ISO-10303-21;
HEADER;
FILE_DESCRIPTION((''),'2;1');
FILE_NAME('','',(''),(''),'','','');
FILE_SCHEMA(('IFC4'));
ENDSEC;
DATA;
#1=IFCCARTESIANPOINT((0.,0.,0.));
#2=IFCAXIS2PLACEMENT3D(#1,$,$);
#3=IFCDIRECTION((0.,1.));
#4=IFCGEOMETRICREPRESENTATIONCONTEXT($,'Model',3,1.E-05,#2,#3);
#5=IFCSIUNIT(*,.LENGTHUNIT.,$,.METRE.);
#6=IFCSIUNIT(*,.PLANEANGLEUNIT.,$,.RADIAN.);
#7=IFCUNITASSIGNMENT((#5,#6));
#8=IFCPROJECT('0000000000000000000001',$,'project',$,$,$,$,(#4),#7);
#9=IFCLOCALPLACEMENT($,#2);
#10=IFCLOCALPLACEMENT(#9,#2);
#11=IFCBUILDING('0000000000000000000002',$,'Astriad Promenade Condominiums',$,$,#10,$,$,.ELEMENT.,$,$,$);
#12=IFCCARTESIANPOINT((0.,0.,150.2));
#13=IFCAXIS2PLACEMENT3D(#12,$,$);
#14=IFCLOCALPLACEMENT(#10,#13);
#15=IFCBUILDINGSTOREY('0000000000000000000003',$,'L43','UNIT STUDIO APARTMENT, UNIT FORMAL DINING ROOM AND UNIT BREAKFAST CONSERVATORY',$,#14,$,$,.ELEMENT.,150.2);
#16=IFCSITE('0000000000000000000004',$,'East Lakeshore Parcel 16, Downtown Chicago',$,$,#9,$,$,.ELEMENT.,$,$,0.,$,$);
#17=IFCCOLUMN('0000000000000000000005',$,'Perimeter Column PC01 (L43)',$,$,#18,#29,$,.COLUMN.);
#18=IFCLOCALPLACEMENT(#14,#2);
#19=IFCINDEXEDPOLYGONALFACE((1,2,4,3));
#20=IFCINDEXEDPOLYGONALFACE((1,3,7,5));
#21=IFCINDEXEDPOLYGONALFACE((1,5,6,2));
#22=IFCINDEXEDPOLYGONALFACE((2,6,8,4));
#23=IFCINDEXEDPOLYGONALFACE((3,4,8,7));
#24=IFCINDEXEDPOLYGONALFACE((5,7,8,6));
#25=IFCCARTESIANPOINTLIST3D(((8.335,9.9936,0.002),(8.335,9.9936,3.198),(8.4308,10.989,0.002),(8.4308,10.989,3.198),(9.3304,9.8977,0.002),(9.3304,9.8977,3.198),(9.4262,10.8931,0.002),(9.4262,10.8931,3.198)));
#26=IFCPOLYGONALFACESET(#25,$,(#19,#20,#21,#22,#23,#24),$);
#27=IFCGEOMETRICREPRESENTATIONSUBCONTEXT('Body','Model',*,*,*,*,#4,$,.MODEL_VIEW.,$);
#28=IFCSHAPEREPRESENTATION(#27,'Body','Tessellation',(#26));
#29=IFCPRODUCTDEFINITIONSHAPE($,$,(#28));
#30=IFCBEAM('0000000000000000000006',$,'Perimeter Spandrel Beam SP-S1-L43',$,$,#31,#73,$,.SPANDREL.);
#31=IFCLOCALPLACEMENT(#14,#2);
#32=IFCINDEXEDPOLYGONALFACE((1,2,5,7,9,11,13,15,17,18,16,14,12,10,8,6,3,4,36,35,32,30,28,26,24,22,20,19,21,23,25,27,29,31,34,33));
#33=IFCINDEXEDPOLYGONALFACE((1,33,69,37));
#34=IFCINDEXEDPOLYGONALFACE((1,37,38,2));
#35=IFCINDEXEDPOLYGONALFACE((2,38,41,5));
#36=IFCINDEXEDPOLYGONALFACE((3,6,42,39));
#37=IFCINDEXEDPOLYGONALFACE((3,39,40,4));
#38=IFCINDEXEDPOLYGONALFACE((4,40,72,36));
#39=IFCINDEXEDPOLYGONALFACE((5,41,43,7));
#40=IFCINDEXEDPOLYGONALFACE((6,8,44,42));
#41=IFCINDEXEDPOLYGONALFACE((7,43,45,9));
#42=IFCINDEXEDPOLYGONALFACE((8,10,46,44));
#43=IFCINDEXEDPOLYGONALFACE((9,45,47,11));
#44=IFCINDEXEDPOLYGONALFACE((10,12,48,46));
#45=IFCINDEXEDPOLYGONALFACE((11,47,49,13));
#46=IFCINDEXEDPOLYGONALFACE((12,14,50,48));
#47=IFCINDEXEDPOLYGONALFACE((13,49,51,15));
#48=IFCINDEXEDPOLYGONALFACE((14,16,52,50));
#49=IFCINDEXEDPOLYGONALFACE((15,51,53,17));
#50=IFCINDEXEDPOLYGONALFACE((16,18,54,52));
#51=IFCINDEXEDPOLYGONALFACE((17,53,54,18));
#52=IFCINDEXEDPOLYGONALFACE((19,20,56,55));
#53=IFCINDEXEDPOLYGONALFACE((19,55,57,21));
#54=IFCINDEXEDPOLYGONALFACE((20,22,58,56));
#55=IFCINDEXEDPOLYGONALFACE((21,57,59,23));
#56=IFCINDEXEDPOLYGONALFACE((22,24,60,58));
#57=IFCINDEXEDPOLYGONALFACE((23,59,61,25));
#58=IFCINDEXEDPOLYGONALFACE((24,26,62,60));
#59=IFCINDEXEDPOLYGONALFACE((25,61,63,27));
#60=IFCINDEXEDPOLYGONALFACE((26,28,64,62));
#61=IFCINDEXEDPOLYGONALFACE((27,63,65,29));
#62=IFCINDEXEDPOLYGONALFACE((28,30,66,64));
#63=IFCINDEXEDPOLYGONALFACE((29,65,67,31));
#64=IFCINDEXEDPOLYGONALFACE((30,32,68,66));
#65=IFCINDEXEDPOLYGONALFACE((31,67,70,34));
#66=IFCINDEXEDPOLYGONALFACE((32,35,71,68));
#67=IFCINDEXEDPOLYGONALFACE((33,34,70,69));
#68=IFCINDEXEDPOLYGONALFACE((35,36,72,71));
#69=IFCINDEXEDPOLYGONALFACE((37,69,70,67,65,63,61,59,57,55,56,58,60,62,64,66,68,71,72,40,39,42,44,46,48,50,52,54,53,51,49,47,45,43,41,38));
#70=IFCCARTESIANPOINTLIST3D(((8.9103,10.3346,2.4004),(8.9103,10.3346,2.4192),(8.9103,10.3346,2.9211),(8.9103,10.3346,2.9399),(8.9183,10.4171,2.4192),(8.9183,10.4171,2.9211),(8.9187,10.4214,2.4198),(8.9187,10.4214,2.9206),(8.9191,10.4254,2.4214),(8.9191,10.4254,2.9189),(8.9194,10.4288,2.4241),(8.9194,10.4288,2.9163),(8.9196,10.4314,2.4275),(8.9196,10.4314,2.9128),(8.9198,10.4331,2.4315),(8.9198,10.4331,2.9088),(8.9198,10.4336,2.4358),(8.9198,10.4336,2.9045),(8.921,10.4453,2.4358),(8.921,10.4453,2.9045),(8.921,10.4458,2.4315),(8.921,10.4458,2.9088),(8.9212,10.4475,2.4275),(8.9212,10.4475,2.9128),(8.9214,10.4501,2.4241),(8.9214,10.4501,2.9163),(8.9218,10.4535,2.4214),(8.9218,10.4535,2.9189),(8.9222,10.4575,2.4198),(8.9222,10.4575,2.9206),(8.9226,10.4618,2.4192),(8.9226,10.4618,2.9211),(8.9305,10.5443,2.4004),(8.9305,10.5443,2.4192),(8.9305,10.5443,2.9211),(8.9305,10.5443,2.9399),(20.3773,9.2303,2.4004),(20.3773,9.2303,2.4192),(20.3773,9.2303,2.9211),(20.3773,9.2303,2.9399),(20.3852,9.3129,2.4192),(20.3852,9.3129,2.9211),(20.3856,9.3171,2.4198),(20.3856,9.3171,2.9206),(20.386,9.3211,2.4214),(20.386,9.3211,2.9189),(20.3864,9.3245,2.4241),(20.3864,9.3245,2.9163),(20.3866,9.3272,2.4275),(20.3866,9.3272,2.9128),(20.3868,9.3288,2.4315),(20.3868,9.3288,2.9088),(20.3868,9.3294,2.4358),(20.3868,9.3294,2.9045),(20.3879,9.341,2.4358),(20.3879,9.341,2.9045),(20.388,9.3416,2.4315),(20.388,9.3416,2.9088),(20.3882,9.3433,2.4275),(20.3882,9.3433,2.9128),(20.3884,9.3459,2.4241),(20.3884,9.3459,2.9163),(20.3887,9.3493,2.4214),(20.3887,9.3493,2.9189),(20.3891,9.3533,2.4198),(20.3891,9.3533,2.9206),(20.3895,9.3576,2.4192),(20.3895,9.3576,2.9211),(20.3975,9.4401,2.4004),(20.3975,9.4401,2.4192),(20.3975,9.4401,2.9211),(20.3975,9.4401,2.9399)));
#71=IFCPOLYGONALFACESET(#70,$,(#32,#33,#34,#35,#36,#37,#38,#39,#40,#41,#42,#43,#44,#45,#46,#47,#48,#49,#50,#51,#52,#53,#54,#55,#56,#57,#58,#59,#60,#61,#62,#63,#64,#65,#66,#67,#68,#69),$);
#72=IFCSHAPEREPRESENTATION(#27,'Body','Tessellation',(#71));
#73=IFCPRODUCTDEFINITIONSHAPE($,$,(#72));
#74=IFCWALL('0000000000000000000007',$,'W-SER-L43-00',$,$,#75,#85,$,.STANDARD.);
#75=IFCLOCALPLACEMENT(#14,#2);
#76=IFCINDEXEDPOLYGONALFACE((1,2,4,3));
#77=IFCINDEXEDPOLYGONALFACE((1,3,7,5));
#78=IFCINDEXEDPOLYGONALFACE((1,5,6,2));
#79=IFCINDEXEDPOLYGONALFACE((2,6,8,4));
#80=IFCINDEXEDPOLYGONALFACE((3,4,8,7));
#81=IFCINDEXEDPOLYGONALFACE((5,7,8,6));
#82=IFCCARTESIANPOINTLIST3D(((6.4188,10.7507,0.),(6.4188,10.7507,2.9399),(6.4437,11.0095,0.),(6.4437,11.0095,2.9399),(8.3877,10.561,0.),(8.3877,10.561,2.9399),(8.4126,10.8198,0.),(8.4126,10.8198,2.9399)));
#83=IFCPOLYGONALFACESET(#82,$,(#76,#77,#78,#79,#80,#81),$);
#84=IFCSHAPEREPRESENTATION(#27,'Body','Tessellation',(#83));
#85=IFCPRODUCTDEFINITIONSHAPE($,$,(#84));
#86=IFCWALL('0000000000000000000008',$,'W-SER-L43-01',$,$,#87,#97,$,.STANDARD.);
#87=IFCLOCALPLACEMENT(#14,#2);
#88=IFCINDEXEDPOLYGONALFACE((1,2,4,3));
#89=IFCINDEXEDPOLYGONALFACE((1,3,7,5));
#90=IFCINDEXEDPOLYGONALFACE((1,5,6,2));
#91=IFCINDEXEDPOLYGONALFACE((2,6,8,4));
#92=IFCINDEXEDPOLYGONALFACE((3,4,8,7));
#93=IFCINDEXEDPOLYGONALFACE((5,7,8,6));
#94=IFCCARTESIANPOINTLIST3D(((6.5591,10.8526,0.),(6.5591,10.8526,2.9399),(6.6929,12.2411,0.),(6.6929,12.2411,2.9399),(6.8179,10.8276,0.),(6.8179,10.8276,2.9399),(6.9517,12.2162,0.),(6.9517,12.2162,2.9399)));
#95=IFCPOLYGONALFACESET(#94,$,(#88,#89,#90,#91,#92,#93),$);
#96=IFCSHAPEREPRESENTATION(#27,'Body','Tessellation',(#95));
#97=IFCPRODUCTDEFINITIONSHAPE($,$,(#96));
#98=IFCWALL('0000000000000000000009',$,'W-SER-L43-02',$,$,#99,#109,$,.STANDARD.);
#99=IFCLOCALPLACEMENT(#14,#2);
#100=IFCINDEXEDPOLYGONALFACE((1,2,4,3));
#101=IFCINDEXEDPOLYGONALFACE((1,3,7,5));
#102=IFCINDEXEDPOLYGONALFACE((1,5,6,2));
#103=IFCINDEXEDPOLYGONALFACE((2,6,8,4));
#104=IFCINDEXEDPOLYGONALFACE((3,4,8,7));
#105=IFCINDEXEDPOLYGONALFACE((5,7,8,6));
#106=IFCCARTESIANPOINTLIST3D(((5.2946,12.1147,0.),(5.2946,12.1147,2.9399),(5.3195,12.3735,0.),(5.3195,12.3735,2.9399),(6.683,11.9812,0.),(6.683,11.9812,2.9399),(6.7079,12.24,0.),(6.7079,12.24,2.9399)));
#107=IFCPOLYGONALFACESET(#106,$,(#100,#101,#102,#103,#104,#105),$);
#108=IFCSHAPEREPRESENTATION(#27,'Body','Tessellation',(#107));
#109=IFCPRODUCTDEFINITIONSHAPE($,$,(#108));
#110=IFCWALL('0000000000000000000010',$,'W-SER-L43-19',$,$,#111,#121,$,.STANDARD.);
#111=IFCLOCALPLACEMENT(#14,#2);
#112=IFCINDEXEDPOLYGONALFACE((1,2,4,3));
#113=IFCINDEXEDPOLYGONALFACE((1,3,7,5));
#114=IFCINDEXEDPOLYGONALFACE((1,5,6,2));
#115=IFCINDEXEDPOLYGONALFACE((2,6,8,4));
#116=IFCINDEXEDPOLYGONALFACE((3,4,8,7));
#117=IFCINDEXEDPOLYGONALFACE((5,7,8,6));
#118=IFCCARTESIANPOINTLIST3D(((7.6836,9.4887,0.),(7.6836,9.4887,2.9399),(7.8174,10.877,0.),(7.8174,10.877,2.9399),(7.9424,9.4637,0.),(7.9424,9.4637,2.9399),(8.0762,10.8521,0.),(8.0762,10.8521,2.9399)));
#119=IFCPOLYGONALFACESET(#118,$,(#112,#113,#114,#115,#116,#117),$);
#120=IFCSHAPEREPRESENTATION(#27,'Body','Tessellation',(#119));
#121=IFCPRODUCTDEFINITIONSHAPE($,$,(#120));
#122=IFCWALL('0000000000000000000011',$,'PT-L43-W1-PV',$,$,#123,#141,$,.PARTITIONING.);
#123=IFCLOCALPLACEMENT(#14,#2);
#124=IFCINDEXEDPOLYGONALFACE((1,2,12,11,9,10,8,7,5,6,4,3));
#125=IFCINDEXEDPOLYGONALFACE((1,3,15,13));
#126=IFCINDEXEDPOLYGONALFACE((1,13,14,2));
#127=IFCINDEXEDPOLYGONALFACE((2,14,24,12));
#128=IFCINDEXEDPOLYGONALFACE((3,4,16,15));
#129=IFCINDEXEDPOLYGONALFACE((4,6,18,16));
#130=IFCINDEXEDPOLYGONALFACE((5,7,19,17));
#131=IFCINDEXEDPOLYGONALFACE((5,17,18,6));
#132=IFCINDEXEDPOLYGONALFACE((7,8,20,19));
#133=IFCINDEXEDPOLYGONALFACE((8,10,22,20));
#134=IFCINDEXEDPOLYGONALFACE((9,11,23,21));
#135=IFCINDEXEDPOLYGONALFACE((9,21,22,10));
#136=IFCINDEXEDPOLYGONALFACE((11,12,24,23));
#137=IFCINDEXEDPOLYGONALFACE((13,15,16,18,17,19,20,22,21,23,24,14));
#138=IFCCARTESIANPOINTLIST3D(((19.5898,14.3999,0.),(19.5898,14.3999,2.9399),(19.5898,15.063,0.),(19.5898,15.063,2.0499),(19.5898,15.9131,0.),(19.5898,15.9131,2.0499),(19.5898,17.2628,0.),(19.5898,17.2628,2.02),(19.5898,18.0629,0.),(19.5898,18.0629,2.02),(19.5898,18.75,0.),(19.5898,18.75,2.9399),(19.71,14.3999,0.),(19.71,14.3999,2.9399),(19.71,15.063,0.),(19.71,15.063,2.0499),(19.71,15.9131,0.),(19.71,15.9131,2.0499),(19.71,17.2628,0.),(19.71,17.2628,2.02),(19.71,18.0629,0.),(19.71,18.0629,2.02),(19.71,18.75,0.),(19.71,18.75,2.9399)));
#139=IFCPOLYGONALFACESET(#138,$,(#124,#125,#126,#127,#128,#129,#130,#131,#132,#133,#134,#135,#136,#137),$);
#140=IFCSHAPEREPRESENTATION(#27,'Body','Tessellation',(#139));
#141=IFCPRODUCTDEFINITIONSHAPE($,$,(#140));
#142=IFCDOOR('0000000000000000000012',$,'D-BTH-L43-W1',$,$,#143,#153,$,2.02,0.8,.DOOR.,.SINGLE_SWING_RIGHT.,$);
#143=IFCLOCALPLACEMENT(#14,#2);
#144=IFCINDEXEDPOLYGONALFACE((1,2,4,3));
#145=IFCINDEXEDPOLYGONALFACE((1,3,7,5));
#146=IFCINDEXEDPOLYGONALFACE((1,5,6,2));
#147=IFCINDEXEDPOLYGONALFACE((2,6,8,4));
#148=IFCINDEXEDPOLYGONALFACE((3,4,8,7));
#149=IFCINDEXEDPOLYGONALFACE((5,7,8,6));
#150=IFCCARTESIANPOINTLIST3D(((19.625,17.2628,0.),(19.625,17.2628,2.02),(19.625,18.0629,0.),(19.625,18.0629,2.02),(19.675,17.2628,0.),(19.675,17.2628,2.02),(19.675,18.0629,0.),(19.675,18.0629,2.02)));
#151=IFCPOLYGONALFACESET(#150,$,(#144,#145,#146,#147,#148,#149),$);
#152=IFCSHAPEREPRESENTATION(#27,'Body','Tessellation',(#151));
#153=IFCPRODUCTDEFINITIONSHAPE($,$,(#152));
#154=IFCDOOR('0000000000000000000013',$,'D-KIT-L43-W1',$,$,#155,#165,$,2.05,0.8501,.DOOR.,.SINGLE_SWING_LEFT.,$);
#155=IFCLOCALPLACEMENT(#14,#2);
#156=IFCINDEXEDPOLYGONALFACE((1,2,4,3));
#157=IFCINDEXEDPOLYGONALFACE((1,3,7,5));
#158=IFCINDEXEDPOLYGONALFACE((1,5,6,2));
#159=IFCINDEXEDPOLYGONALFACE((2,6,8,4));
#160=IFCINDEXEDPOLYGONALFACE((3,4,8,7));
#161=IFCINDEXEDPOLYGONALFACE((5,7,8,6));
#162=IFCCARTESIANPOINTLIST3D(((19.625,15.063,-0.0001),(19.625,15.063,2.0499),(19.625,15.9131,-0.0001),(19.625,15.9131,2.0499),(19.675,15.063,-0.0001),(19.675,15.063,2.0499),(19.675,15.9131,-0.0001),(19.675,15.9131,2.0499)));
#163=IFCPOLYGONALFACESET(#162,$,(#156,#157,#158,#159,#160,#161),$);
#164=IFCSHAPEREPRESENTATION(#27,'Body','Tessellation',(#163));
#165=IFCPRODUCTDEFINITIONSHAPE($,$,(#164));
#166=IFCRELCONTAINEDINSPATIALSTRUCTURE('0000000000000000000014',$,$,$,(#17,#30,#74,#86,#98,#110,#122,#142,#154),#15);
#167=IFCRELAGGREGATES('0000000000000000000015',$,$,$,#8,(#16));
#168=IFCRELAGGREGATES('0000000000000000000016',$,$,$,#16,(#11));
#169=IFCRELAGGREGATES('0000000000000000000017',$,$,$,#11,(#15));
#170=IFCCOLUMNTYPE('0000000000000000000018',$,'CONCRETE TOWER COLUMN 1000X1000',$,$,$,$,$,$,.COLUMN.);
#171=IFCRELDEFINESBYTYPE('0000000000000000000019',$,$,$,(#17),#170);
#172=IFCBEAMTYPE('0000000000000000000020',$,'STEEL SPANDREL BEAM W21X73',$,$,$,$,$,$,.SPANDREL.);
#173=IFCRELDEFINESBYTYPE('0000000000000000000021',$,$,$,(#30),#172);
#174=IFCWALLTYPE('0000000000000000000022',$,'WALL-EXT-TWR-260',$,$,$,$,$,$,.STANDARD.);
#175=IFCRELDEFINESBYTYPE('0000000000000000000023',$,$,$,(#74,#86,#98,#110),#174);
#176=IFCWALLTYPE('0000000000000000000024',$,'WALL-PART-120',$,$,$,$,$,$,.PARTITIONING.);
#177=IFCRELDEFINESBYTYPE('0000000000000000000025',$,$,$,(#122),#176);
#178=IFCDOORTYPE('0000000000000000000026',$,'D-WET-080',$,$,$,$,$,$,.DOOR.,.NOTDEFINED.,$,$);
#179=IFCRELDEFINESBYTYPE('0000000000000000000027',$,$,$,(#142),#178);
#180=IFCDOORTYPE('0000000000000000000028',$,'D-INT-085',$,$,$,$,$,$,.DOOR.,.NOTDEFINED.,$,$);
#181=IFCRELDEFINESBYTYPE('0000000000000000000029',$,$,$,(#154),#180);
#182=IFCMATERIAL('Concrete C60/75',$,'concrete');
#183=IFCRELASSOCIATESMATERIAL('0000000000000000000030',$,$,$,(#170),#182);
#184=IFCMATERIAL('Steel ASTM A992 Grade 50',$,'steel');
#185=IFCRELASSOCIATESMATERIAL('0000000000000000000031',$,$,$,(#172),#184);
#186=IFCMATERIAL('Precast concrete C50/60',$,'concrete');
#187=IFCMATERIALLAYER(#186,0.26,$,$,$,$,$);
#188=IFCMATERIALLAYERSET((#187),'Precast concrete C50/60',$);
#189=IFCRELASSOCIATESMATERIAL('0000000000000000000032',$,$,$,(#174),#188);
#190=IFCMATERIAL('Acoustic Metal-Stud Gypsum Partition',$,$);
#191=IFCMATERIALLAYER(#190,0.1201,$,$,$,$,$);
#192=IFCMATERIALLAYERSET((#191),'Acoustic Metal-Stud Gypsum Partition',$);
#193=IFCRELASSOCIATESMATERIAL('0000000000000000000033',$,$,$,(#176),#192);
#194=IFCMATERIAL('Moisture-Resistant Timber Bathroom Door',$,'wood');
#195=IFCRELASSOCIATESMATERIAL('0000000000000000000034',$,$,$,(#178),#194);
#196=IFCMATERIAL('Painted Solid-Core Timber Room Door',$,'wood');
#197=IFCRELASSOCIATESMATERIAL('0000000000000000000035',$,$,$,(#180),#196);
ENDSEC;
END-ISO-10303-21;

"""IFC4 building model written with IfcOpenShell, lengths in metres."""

from ifc_helpers import new_model, si_unit, direction, frame, frame_2d, origin, origin_2d, place, context, subcontext, project, spatial, rectangle, i_section, extrude, source, transform, mapped, material, layer, layer_set, material_profile, profile_set, type_object, type_shapes, element, fill, save


model = new_model("IFC4")

# Units and contexts
model_context = context("Model", 3, precision=1e-05, world=origin(), true_north=direction((0.0, 1.0)))
body_context = subcontext(model_context, "Body", "Model", "MODEL_VIEW")
ifc_project = project(units=[si_unit("LENGTHUNIT", "METRE"), si_unit("PLANEANGLEUNIT", "RADIAN")], contexts=[model_context])

# Site, building, storey
site_placement = place(None, origin())
site = spatial("IfcSite", under=ifc_project, at=site_placement, Name="East Lakeshore Parcel 16, Downtown Chicago", CompositionType="ELEMENT", RefElevation=0.0)
building_placement = place(site_placement, origin())
building = spatial("IfcBuilding", under=site, at=building_placement, Name="Astriad Promenade Condominiums", CompositionType="ELEMENT")
storey_placement = place(building_placement, frame((0.0, 0.0, 150.2)))
storey = spatial("IfcBuildingStorey", under=building, at=storey_placement, Name="L43", Description="UNIT STUDIO APARTMENT, UNIT FORMAL DINING ROOM AND UNIT BREAKFAST CONSERVATORY", CompositionType="ELEMENT", Elevation=150.2)

# Column
ifc_material_1 = material(Name="Concrete C60/75", Category="concrete")
ifc_material_profile_1 = material_profile(ifc_material_1, rectangle(XDim=1.0, YDim=1.0, at=origin_2d()), Name="RC-COL-1000X1000")
ifc_profile_set_1 = profile_set([ifc_material_profile_1], Name="Concrete C60/75")
column_type = type_object("IfcColumnType", Name="CONCRETE TOWER COLUMN 1000X1000", PredefinedType="COLUMN", material=ifc_profile_set_1)
shared_shape_1 = source(origin(), body_context, "Body", "SweptSolid", [
    extrude(rectangle(XDim=1.0, YDim=1.0, at=origin_2d()), origin(), (0.0, 0.0, 1.0), 3.196),
])
type_shapes(column_type, [shared_shape_1])
column_placement = place(storey_placement, frame((8.8806, 10.4434, 0.002), z_axis=(0.0, 0.0, 1.0), x_axis=(0.995396, -0.095846, 0.0)))
element("IfcColumn", 1, at=column_placement, inside=storey, type_object=column_type, Name="Perimeter Column PC01 (L43)", PredefinedType="COLUMN", context=body_context, shape_type="MappedRepresentation", body=[
    mapped(shared_shape_1, transform((0.0, 0.0, 0.0), scale=1.0)),
])

# Beam
ifc_material_2 = material(Name="Steel ASTM A992 Grade 50", Category="steel")
ifc_material_profile_2 = material_profile(ifc_material_2, i_section(OverallWidth=0.2107, OverallDepth=0.5396, WebThickness=0.0117, FlangeThickness=0.0188, FilletRadius=0.0166, at=origin_2d()), Name="W21X73")
ifc_profile_set_2 = profile_set([ifc_material_profile_2], Name="Steel ASTM A992 Grade 50")
beam_type = type_object("IfcBeamType", Name="STEEL SPANDREL BEAM W21X73", PredefinedType="SPANDREL", material=ifc_profile_set_2)
shared_shape_2 = source(origin(), body_context, "Body", "SweptSolid", [
    extrude(i_section(OverallWidth=0.2107, OverallDepth=0.5396, WebThickness=0.0117, FlangeThickness=0.0188, FilletRadius=0.0166, at=origin_2d()), origin(), (0.0, 0.0, 1.0), 11.52),
])
type_shapes(beam_type, [shared_shape_2])
beam_placement = place(storey_placement, frame((8.9204, 10.4395, 2.6702), z_axis=(0.995395, -0.095854, 0.0), x_axis=(0.095854, 0.995395, 0.0)))
element("IfcBeam", 2, at=beam_placement, inside=storey, type_object=beam_type, Name="Perimeter Spandrel Beam SP-S1-L43", PredefinedType="SPANDREL", context=body_context, shape_type="MappedRepresentation", body=[
    mapped(shared_shape_2, transform((0.0, 0.0, 0.0), scale=1.0)),
])

# Walls
ifc_material_3 = material(Name="Precast concrete C50/60", Category="concrete")
ifc_layer_1 = layer(ifc_material_3, 0.26)
ifc_layer_set_1 = layer_set([ifc_layer_1], Name="Precast concrete C50/60")
wall_type_1 = type_object("IfcWallType", Name="WALL-EXT-TWR-260", PredefinedType="STANDARD", material=ifc_layer_set_1)
wall_1_placement = place(storey_placement, frame((8.4001, 10.6904, 0.0), z_axis=(0.0, 0.0, 1.0), x_axis=(-0.995391, 0.095898, 0.0)))
element("IfcWall", 3, at=wall_1_placement, inside=storey, type_object=wall_type_1, Name="W-SER-L43-00", PredefinedType="STANDARD", context=body_context, shape_type="SweptSolid", body=[
    extrude(rectangle(XDim=1.978, YDim=0.26, at=frame_2d((0.989, 0.0))), origin(), (0.0, 0.0, 1.0), 2.9399),
])
wall_2_placement = place(storey_placement, frame((6.6885, 10.8401, 0.0), z_axis=(0.0, 0.0, 1.0), x_axis=(0.095899, 0.995391, 0.0)))
element("IfcWall", 4, at=wall_2_placement, inside=storey, type_object=wall_type_1, Name="W-SER-L43-01", PredefinedType="STANDARD", context=body_context, shape_type="SweptSolid", body=[
    extrude(rectangle(XDim=1.395, YDim=0.26, at=frame_2d((0.6975, 0.0))), origin(), (0.0, 0.0, 1.0), 2.9399),
])
for number, where, z_axis, x_axis, name in (
    (5, (6.6953, 12.1106, 0.0), (0.0, 0.0, 1.0), (-0.995406, 0.095742, 0.0), "W-SER-L43-02"),
    (6, (7.813, 9.4763, 0.0), (0.0, 0.0, 1.0), (0.095916, 0.995389, 0.0), "W-SER-L43-19"),
):
    element("IfcWall", number, at=place(storey_placement, frame(where, z_axis=z_axis, x_axis=x_axis)), inside=storey, type_object=wall_type_1, Name=name, PredefinedType="STANDARD", context=body_context, shape_type="SweptSolid", body=[
        extrude(rectangle(XDim=1.3948, YDim=0.26, at=frame_2d((0.6973, 0.0))), origin(), (0.0, 0.0, 1.0), 2.9399),
    ])

# Wall, openings, doors
ifc_material_4 = material(Name="Acoustic Metal-Stud Gypsum Partition")
ifc_layer_2 = layer(ifc_material_4, 0.1201)
ifc_layer_set_2 = layer_set([ifc_layer_2], Name="Acoustic Metal-Stud Gypsum Partition")
wall_type_2 = type_object("IfcWallType", Name="WALL-PART-120", PredefinedType="PARTITIONING", material=ifc_layer_set_2)
wall_3_placement = place(storey_placement, frame((19.6499, 14.3999, 0.0), z_axis=(0.0, 0.0, 1.0), x_axis=(0.0, 1.0, 0.0)))
wall_3 = element("IfcWall", 7, at=wall_3_placement, inside=storey, type_object=wall_type_2, Name="PT-L43-W1-PV", PredefinedType="PARTITIONING", context=body_context, shape_type="SweptSolid", body=[
    extrude(rectangle(XDim=4.3501, YDim=0.1201, at=frame_2d((2.175, 0.0))), origin(), (0.0, 0.0, 1.0), 2.9399),
])
opening_1_placement = place(wall_3_placement, frame((0.6631, 0.0, 0.0)))
opening_1 = element("IfcOpeningElement", 8, at=opening_1_placement, cuts=wall_3, PredefinedType="OPENING", context=body_context, shape_type="SweptSolid", body=[
    extrude(rectangle(XDim=0.8501, YDim=2.05, at=frame_2d((0.425, 1.0249))), frame((0.0, 0.0701, 0.0), z_axis=(0.0, -1.0, 0.0), x_axis=(1.0, 0.0, 0.0)), (0.0, 0.0, 1.0), 0.1401),
])
opening_2_placement = place(wall_3_placement, frame((2.863, 0.0, 0.0)))
opening_2 = element("IfcOpeningElement", 9, at=opening_2_placement, cuts=wall_3, PredefinedType="OPENING", context=body_context, shape_type="SweptSolid", body=[
    extrude(rectangle(XDim=0.8, YDim=2.02, at=frame_2d((0.3999, 1.01))), frame((0.0, 0.0701, 0.0), z_axis=(0.0, -1.0, 0.0), x_axis=(1.0, 0.0, 0.0)), (0.0, 0.0, 1.0), 0.1401),
])
ifc_material_5 = material(Name="Moisture-Resistant Timber Bathroom Door", Category="wood")
door_type_1 = type_object("IfcDoorType", Name="D-WET-080", OperationType="NOTDEFINED", PredefinedType="DOOR", material=ifc_material_5)
shared_shape_3 = source(origin(), body_context, "Body", "SweptSolid", [
    extrude(rectangle(XDim=0.8, YDim=2.02, at=frame_2d((0.3999, 1.01))), frame((0.0, 0.0249, 0.0), z_axis=(0.0, -1.0, 0.0), x_axis=(1.0, 0.0, 0.0)), (0.0, 0.0, 1.0), 0.05),
])
type_shapes(door_type_1, [shared_shape_3])
door_1_placement = place(opening_2_placement, origin())
door_1 = element("IfcDoor", 10, at=door_1_placement, inside=storey, type_object=door_type_1, Name="D-BTH-L43-W1", OperationType="SINGLE_SWING_RIGHT", OverallHeight=2.02, OverallWidth=0.8, PredefinedType="DOOR", context=body_context, shape_type="MappedRepresentation", body=[
    mapped(shared_shape_3, transform((0.0, 0.0, 0.0), scale=1.0)),
])
fill(opening_2, door_1)
ifc_material_6 = material(Name="Painted Solid-Core Timber Room Door", Category="wood")
door_type_2 = type_object("IfcDoorType", Name="D-INT-085", OperationType="NOTDEFINED", PredefinedType="DOOR", material=ifc_material_6)
shared_shape_4 = source(origin(), body_context, "Body", "SweptSolid", [
    extrude(rectangle(XDim=0.8501, YDim=2.05, at=frame_2d((0.425, 1.0249))), frame((0.0, 0.0249, 0.0), z_axis=(0.0, -1.0, 0.0), x_axis=(1.0, 0.0, 0.0)), (0.0, 0.0, 1.0), 0.05),
])
type_shapes(door_type_2, [shared_shape_4])
door_2_placement = place(opening_1_placement, origin())
door_2 = element("IfcDoor", 11, at=door_2_placement, inside=storey, type_object=door_type_2, Name="D-KIT-L43-W1", OperationType="SINGLE_SWING_LEFT", OverallHeight=2.05, OverallWidth=0.8501, PredefinedType="DOOR", context=body_context, shape_type="MappedRepresentation", body=[
    mapped(shared_shape_4, transform((0.0, 0.0, 0.0), scale=1.0)),
])
fill(opening_1, door_2)

save(model, "model.ifc")
